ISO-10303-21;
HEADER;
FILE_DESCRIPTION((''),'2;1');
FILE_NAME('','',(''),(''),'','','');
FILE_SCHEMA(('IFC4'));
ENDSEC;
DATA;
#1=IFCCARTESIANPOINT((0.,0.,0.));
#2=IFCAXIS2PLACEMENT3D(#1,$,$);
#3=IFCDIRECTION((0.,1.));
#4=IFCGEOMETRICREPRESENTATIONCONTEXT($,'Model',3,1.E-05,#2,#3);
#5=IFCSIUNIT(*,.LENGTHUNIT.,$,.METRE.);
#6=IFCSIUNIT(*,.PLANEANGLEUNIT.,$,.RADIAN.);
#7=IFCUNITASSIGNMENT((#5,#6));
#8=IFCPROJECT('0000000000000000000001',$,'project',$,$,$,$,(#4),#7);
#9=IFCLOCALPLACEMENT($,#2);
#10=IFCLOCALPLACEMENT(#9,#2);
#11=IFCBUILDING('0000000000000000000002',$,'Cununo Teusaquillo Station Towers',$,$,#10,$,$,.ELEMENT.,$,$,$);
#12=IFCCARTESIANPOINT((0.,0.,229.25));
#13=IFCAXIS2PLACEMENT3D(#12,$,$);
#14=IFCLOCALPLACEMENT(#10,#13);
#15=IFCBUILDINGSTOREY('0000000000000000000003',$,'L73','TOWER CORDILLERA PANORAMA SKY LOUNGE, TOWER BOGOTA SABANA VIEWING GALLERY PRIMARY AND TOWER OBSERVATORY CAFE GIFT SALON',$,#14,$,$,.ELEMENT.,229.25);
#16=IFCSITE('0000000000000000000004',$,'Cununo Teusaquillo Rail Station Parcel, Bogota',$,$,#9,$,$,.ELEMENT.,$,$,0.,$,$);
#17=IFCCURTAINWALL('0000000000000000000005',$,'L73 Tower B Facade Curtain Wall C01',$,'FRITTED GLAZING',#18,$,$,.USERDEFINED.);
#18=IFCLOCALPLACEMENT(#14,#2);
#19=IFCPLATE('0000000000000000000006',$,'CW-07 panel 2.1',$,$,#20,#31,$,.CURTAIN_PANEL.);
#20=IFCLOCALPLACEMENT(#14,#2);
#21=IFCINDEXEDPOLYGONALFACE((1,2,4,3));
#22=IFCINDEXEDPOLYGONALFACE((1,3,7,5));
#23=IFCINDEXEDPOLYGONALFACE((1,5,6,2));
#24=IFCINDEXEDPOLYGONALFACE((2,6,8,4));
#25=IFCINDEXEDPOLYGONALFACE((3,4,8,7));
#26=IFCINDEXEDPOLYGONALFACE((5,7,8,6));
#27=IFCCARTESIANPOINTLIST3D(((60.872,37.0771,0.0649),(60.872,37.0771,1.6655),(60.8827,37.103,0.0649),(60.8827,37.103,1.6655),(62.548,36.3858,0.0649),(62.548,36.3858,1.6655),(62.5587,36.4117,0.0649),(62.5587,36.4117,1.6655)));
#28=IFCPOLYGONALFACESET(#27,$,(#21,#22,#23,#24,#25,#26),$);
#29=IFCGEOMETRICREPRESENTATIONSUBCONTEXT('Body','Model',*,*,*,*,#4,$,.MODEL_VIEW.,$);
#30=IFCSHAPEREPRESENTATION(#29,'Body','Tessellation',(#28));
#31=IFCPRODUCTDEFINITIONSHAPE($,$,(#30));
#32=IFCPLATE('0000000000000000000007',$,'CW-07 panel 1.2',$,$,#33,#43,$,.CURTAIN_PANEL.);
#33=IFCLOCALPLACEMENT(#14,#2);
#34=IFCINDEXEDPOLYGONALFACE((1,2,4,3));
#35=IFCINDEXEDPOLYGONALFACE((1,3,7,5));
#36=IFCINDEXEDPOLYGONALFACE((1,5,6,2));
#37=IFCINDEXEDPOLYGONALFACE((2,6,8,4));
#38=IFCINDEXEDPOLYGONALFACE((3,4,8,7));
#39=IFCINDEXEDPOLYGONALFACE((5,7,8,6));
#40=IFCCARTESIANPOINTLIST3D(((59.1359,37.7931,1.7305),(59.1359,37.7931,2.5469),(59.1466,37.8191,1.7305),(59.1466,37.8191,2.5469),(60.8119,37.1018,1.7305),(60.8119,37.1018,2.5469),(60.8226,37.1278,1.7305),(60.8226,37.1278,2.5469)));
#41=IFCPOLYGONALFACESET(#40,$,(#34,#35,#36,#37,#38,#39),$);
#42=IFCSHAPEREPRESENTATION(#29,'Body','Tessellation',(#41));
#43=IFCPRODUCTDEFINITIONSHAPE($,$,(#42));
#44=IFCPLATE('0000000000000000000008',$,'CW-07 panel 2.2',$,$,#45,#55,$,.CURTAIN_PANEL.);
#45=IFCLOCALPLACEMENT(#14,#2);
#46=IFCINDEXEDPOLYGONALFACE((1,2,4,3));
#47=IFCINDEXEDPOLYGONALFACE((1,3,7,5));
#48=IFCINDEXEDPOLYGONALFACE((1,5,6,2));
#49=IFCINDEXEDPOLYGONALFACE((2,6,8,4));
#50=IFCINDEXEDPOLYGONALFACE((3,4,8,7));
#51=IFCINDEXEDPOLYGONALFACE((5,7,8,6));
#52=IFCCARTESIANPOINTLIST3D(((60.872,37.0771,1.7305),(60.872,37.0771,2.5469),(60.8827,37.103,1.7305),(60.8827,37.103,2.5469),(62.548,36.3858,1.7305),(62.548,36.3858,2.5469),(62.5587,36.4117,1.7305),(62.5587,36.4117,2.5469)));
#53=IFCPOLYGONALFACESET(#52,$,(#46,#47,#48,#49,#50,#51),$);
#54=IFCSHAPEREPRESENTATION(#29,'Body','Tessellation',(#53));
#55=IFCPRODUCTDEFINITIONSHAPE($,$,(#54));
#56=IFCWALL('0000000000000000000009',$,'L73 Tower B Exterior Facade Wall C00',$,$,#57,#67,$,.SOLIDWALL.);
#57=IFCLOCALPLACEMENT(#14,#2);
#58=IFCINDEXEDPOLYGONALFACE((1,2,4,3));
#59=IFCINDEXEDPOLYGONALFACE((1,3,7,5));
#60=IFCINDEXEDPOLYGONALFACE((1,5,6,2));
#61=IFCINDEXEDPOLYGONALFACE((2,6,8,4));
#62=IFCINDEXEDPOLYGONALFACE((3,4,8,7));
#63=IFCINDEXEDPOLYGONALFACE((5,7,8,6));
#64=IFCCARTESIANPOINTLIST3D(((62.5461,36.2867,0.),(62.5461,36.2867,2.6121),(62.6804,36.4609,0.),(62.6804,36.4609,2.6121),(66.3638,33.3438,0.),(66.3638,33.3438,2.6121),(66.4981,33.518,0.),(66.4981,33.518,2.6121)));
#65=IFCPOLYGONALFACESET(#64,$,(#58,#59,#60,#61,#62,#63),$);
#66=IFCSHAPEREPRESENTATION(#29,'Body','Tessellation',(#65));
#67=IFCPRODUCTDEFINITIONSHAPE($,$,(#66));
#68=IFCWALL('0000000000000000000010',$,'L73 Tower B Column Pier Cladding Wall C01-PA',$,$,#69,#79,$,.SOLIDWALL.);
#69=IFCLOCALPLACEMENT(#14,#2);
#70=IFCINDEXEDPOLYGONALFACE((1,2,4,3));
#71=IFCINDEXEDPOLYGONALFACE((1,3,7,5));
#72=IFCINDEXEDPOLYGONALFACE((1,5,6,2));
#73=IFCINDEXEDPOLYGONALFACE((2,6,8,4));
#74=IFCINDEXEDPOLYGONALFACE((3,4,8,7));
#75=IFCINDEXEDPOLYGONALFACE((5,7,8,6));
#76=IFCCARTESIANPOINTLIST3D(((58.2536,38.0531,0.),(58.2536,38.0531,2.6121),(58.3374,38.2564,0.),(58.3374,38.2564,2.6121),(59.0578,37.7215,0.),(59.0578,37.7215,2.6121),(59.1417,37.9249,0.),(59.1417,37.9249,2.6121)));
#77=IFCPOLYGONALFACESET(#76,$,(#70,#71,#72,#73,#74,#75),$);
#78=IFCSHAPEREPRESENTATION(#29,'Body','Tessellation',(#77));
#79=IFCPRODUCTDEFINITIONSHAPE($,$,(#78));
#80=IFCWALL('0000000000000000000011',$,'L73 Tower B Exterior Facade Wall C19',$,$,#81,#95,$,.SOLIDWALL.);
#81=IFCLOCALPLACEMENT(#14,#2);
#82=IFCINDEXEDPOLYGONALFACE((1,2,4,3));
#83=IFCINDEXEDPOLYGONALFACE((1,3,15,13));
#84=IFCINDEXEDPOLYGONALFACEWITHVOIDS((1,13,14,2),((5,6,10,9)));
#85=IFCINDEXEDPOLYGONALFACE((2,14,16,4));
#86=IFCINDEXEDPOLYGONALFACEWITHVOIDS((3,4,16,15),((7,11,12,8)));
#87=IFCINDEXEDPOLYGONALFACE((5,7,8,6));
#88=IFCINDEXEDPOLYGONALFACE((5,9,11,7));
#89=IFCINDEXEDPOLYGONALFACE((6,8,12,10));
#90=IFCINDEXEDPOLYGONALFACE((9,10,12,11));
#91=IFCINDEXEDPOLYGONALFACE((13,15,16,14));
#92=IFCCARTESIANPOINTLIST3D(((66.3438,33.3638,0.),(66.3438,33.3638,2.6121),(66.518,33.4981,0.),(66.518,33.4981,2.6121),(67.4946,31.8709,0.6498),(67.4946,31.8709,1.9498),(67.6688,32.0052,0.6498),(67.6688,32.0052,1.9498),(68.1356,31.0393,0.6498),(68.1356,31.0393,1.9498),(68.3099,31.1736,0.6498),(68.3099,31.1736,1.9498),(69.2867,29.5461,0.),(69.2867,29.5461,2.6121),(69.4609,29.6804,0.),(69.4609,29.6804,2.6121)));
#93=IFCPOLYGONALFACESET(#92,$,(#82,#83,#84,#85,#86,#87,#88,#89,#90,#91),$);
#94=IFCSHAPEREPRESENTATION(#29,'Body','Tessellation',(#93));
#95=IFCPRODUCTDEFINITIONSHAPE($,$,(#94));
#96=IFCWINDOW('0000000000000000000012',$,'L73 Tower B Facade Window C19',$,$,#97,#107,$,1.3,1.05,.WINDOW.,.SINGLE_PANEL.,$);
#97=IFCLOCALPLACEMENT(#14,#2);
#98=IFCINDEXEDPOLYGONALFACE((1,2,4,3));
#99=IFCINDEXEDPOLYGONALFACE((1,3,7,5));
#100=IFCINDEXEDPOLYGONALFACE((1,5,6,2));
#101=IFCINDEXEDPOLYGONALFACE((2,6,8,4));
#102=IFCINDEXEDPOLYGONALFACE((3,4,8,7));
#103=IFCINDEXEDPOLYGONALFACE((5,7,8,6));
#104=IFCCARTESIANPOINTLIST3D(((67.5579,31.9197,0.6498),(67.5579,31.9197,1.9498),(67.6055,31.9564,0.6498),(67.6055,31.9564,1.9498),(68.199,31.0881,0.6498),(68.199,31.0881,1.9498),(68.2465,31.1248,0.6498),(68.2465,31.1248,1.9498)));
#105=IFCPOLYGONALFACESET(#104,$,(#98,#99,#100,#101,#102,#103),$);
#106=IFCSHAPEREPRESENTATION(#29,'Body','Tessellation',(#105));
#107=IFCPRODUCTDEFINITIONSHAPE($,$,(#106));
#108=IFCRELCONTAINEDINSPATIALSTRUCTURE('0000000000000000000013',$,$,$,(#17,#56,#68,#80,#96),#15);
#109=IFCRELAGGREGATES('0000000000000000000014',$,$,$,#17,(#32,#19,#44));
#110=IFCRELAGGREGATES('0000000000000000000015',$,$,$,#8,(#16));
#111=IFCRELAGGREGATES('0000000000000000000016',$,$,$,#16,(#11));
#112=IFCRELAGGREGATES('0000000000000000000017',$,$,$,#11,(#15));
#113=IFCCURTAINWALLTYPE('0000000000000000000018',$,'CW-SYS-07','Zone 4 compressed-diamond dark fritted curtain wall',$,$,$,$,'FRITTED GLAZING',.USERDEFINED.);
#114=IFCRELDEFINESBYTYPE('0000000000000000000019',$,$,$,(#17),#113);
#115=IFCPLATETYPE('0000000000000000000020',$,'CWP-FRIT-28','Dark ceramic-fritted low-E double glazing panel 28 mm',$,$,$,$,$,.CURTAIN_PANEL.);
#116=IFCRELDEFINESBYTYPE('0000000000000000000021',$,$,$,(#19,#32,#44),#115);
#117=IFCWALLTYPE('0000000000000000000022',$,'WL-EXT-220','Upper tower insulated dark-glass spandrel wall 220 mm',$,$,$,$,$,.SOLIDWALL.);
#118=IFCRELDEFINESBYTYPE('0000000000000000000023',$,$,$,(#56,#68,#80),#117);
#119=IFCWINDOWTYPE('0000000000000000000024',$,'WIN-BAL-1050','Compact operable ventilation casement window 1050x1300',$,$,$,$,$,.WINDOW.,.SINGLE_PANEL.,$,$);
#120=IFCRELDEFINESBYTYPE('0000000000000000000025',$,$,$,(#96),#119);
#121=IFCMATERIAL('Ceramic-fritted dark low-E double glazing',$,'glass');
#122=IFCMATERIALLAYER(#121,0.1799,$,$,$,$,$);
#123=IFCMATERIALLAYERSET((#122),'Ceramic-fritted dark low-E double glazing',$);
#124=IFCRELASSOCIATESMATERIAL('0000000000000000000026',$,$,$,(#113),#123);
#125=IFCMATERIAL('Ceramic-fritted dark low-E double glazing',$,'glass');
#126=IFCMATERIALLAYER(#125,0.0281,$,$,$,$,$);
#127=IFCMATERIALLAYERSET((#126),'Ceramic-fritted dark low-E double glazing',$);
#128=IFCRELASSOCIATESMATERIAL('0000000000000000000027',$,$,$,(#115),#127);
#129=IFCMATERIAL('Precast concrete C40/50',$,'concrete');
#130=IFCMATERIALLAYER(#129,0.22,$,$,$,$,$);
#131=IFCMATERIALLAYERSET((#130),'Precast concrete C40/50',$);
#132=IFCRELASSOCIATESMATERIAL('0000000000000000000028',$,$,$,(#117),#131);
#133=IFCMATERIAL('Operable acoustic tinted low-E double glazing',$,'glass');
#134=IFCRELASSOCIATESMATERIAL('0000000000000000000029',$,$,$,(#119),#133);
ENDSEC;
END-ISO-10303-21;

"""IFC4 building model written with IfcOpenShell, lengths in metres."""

from ifc_helpers import new_model, si_unit, direction, frame, frame_2d, origin, origin_2d, place, context, subcontext, project, spatial, rectangle, extrude, source, transform, mapped, material, layer, layer_set, type_object, element, fill, aggregate, save


model = new_model("IFC4")

# Units and contexts
model_context = context("Model", 3, precision=1e-05, world=origin(), true_north=direction((0.0, 1.0)))
body_context = subcontext(model_context, "Body", "Model", "MODEL_VIEW")
ifc_project = project(units=[si_unit("LENGTHUNIT", "METRE"), si_unit("PLANEANGLEUNIT", "RADIAN")], contexts=[model_context])

# Site, building, storey
site_placement = place(None, origin())
site = spatial("IfcSite", under=ifc_project, at=site_placement, Name="Cununo Teusaquillo Rail Station Parcel, Bogota", CompositionType="ELEMENT", RefElevation=0.0)
building_placement = place(site_placement, origin())
building = spatial("IfcBuilding", under=site, at=building_placement, Name="Cununo Teusaquillo Station Towers", CompositionType="ELEMENT")
storey_placement = place(building_placement, frame((0.0, 0.0, 229.25)))
storey = spatial("IfcBuildingStorey", under=building, at=storey_placement, Name="L73", Description="TOWER CORDILLERA PANORAMA SKY LOUNGE, TOWER BOGOTA SABANA VIEWING GALLERY PRIMARY AND TOWER OBSERVATORY CAFE GIFT SALON", CompositionType="ELEMENT", Elevation=229.25)

# Curtain wall
ifc_material_1 = material(Name="Ceramic-fritted dark low-E double glazing", Category="glass")
ifc_layer_1 = layer(ifc_material_1, 0.1799)
ifc_layer_set_1 = layer_set([ifc_layer_1], Name="Ceramic-fritted dark low-E double glazing")
curtain_wall_type = type_object("IfcCurtainWallType", Name="CW-SYS-07", Description="Zone 4 compressed-diamond dark fritted curtain wall", ElementType="FRITTED GLAZING", PredefinedType="USERDEFINED", material=ifc_layer_set_1)
curtain_wall_placement = place(storey_placement, origin())
curtain_wall = element("IfcCurtainWall", 1, at=curtain_wall_placement, inside=storey, type_object=curtain_wall_type, Name="L73 Tower B Facade Curtain Wall C01", ObjectType="FRITTED GLAZING", PredefinedType="USERDEFINED")

# Plates
ifc_material_2 = material(Name="Ceramic-fritted dark low-E double glazing", Category="glass")
ifc_layer_2 = layer(ifc_material_2, 0.0281)
ifc_layer_set_2 = layer_set([ifc_layer_2], Name="Ceramic-fritted dark low-E double glazing")
plate_type = type_object("IfcPlateType", Name="CWP-FRIT-28", Description="Dark ceramic-fritted low-E double glazing panel 28 mm", PredefinedType="CURTAIN_PANEL", material=ifc_layer_set_2)
shared_shape_1 = source(origin(), body_context, "Body", "SweptSolid", [
    extrude(rectangle(XDim=1.813, YDim=0.0281, at=origin_2d()), origin(), (0.0, 0.0, 1.0), 1.6006),
])
plate_1_placement = place(storey_placement, frame((61.7153, 36.7444, 0.0649), z_axis=(0.0, 0.0, 1.0), x_axis=(0.924447, -0.381311, 0.0)))
plate_1 = element("IfcPlate", 2, at=plate_1_placement, type_object=plate_type, Name="CW-07 panel 2.1", PredefinedType="CURTAIN_PANEL", context=body_context, shape_type="MappedRepresentation", body=[
    mapped(shared_shape_1, transform((0.0, 0.0, 0.0), x_axis=(1.0, 0.0, 0.0), y_axis=(0.0, 1.0, 0.0), z_axis=(0.0, 0.0, 1.0), scale=1.0)),
])
shared_shape_2 = source(origin(), body_context, "Body", "SweptSolid", [
    extrude(rectangle(XDim=1.813, YDim=0.0281, at=origin_2d()), origin(), (0.0, 0.0, 1.0), 0.8164),
])
plate_2_placement = place(storey_placement, frame((59.9792, 37.4604, 1.7305), z_axis=(0.0, 0.0, 1.0), x_axis=(0.924447, -0.381311, 0.0)))
plate_2 = element("IfcPlate", 3, at=plate_2_placement, type_object=plate_type, Name="CW-07 panel 1.2", PredefinedType="CURTAIN_PANEL", context=body_context, shape_type="MappedRepresentation", body=[
    mapped(shared_shape_2, transform((0.0, 0.0, 0.0), x_axis=(1.0, 0.0, 0.0), y_axis=(0.0, 1.0, 0.0), z_axis=(0.0, 0.0, 1.0), scale=1.0)),
])
plate_3_placement = place(storey_placement, frame((61.7153, 36.7444, 1.7305), z_axis=(0.0, 0.0, 1.0), x_axis=(0.924447, -0.381311, 0.0)))
plate_3 = element("IfcPlate", 4, at=plate_3_placement, type_object=plate_type, Name="CW-07 panel 2.2", PredefinedType="CURTAIN_PANEL", context=body_context, shape_type="MappedRepresentation", body=[
    mapped(shared_shape_2, transform((0.0, 0.0, 0.0), x_axis=(1.0, 0.0, 0.0), y_axis=(0.0, 1.0, 0.0), z_axis=(0.0, 0.0, 1.0), scale=1.0)),
])
aggregate(curtain_wall, [plate_2, plate_1, plate_3])

# Walls
ifc_material_3 = material(Name="Precast concrete C40/50", Category="concrete")
ifc_layer_3 = layer(ifc_material_3, 0.22)
ifc_layer_set_3 = layer_set([ifc_layer_3], Name="Precast concrete C40/50")
wall_type = type_object("IfcWallType", Name="WL-EXT-220", Description="Upper tower insulated dark-glass spandrel wall 220 mm", PredefinedType="SOLIDWALL", material=ifc_layer_set_3)
wall_1_placement = place(storey_placement, frame((62.6133, 36.3738, 0.0), z_axis=(0.0, 0.0, 1.0), x_axis=(0.791998, -0.610523, 0.0)))
element("IfcWall", 5, at=wall_1_placement, inside=storey, type_object=wall_type, Name="L73 Tower B Exterior Facade Wall C00", PredefinedType="SOLIDWALL", context=body_context, shape_type="SweptSolid", body=[
    extrude(rectangle(XDim=4.8203, YDim=0.22, at=frame_2d((2.4102, 0.0))), origin(), (0.0, 0.0, 1.0), 2.6121),
])
wall_2_placement = place(storey_placement, frame((58.2954, 38.1548, 0.0), z_axis=(0.0, 0.0, 1.0), x_axis=(0.924515, -0.381145, 0.0)))
element("IfcWall", 6, at=wall_2_placement, inside=storey, type_object=wall_type, Name="L73 Tower B Column Pier Cladding Wall C01-PA", PredefinedType="SOLIDWALL", context=body_context, shape_type="SweptSolid", body=[
    extrude(rectangle(XDim=0.8699, YDim=0.22, at=frame_2d((0.4351, 0.0))), origin(), (0.0, 0.0, 1.0), 2.6121),
])

# Wall, opening, window
wall_3_placement = place(storey_placement, frame((66.4309, 33.4309, 0.0), z_axis=(0.0, 0.0, 1.0), x_axis=(0.610523, -0.791998, 0.0)))
wall_3 = element("IfcWall", 7, at=wall_3_placement, inside=storey, type_object=wall_type, Name="L73 Tower B Exterior Facade Wall C19", PredefinedType="SOLIDWALL", context=body_context, shape_type="SweptSolid", body=[
    extrude(rectangle(XDim=4.8203, YDim=0.22, at=frame_2d((2.4102, 0.0))), origin(), (0.0, 0.0, 1.0), 2.6121),
])
shared_shape_3 = source(origin(), body_context, "Body", "SweptSolid", [
    extrude(rectangle(XDim=1.05, YDim=1.3, at=frame_2d((0.5249, 0.6499))), frame((0.0, 0.1199, 0.0), z_axis=(0.0, -1.0, 0.0), x_axis=(1.0, 0.0, 0.0)), (0.0, 0.0, 1.0), 0.24),
])
opening_placement = place(wall_3_placement, frame((1.885, 0.0, 0.6499)))
opening = element("IfcOpeningElement", 8, at=opening_placement, cuts=wall_3, PredefinedType="OPENING", context=body_context, shape_type="MappedRepresentation", body=[
    mapped(shared_shape_3, transform((0.0, 0.0, 0.0), x_axis=(1.0, 0.0, 0.0), y_axis=(0.0, 1.0, 0.0), z_axis=(0.0, 0.0, 1.0), scale=1.0)),
])
ifc_material_4 = material(Name="Operable acoustic tinted low-E double glazing", Category="glass")
window_type = type_object("IfcWindowType", Name="WIN-BAL-1050", Description="Compact operable ventilation casement window 1050x1300", PartitioningType="SINGLE_PANEL", PredefinedType="WINDOW", material=ifc_material_4)
shared_shape_4 = source(origin(), body_context, "Body", "SweptSolid", [
    extrude(rectangle(XDim=1.05, YDim=1.3, at=frame_2d((0.5249, 0.6499))), frame((0.0, 0.03, 0.0), z_axis=(0.0, -1.0, 0.0), x_axis=(1.0, 0.0, 0.0)), (0.0, 0.0, 1.0), 0.0601),
])
window_placement = place(opening_placement, origin())
window = element("IfcWindow", 9, at=window_placement, inside=storey, type_object=window_type, Name="L73 Tower B Facade Window C19", OverallHeight=1.3, OverallWidth=1.05, PartitioningType="SINGLE_PANEL", PredefinedType="WINDOW", context=body_context, shape_type="MappedRepresentation", body=[
    mapped(shared_shape_4, transform((0.0, 0.0, 0.0), x_axis=(1.0, 0.0, 0.0), y_axis=(0.0, 1.0, 0.0), z_axis=(0.0, 0.0, 1.0), scale=1.0)),
])
fill(opening, window)

save(model, "model.ifc")
